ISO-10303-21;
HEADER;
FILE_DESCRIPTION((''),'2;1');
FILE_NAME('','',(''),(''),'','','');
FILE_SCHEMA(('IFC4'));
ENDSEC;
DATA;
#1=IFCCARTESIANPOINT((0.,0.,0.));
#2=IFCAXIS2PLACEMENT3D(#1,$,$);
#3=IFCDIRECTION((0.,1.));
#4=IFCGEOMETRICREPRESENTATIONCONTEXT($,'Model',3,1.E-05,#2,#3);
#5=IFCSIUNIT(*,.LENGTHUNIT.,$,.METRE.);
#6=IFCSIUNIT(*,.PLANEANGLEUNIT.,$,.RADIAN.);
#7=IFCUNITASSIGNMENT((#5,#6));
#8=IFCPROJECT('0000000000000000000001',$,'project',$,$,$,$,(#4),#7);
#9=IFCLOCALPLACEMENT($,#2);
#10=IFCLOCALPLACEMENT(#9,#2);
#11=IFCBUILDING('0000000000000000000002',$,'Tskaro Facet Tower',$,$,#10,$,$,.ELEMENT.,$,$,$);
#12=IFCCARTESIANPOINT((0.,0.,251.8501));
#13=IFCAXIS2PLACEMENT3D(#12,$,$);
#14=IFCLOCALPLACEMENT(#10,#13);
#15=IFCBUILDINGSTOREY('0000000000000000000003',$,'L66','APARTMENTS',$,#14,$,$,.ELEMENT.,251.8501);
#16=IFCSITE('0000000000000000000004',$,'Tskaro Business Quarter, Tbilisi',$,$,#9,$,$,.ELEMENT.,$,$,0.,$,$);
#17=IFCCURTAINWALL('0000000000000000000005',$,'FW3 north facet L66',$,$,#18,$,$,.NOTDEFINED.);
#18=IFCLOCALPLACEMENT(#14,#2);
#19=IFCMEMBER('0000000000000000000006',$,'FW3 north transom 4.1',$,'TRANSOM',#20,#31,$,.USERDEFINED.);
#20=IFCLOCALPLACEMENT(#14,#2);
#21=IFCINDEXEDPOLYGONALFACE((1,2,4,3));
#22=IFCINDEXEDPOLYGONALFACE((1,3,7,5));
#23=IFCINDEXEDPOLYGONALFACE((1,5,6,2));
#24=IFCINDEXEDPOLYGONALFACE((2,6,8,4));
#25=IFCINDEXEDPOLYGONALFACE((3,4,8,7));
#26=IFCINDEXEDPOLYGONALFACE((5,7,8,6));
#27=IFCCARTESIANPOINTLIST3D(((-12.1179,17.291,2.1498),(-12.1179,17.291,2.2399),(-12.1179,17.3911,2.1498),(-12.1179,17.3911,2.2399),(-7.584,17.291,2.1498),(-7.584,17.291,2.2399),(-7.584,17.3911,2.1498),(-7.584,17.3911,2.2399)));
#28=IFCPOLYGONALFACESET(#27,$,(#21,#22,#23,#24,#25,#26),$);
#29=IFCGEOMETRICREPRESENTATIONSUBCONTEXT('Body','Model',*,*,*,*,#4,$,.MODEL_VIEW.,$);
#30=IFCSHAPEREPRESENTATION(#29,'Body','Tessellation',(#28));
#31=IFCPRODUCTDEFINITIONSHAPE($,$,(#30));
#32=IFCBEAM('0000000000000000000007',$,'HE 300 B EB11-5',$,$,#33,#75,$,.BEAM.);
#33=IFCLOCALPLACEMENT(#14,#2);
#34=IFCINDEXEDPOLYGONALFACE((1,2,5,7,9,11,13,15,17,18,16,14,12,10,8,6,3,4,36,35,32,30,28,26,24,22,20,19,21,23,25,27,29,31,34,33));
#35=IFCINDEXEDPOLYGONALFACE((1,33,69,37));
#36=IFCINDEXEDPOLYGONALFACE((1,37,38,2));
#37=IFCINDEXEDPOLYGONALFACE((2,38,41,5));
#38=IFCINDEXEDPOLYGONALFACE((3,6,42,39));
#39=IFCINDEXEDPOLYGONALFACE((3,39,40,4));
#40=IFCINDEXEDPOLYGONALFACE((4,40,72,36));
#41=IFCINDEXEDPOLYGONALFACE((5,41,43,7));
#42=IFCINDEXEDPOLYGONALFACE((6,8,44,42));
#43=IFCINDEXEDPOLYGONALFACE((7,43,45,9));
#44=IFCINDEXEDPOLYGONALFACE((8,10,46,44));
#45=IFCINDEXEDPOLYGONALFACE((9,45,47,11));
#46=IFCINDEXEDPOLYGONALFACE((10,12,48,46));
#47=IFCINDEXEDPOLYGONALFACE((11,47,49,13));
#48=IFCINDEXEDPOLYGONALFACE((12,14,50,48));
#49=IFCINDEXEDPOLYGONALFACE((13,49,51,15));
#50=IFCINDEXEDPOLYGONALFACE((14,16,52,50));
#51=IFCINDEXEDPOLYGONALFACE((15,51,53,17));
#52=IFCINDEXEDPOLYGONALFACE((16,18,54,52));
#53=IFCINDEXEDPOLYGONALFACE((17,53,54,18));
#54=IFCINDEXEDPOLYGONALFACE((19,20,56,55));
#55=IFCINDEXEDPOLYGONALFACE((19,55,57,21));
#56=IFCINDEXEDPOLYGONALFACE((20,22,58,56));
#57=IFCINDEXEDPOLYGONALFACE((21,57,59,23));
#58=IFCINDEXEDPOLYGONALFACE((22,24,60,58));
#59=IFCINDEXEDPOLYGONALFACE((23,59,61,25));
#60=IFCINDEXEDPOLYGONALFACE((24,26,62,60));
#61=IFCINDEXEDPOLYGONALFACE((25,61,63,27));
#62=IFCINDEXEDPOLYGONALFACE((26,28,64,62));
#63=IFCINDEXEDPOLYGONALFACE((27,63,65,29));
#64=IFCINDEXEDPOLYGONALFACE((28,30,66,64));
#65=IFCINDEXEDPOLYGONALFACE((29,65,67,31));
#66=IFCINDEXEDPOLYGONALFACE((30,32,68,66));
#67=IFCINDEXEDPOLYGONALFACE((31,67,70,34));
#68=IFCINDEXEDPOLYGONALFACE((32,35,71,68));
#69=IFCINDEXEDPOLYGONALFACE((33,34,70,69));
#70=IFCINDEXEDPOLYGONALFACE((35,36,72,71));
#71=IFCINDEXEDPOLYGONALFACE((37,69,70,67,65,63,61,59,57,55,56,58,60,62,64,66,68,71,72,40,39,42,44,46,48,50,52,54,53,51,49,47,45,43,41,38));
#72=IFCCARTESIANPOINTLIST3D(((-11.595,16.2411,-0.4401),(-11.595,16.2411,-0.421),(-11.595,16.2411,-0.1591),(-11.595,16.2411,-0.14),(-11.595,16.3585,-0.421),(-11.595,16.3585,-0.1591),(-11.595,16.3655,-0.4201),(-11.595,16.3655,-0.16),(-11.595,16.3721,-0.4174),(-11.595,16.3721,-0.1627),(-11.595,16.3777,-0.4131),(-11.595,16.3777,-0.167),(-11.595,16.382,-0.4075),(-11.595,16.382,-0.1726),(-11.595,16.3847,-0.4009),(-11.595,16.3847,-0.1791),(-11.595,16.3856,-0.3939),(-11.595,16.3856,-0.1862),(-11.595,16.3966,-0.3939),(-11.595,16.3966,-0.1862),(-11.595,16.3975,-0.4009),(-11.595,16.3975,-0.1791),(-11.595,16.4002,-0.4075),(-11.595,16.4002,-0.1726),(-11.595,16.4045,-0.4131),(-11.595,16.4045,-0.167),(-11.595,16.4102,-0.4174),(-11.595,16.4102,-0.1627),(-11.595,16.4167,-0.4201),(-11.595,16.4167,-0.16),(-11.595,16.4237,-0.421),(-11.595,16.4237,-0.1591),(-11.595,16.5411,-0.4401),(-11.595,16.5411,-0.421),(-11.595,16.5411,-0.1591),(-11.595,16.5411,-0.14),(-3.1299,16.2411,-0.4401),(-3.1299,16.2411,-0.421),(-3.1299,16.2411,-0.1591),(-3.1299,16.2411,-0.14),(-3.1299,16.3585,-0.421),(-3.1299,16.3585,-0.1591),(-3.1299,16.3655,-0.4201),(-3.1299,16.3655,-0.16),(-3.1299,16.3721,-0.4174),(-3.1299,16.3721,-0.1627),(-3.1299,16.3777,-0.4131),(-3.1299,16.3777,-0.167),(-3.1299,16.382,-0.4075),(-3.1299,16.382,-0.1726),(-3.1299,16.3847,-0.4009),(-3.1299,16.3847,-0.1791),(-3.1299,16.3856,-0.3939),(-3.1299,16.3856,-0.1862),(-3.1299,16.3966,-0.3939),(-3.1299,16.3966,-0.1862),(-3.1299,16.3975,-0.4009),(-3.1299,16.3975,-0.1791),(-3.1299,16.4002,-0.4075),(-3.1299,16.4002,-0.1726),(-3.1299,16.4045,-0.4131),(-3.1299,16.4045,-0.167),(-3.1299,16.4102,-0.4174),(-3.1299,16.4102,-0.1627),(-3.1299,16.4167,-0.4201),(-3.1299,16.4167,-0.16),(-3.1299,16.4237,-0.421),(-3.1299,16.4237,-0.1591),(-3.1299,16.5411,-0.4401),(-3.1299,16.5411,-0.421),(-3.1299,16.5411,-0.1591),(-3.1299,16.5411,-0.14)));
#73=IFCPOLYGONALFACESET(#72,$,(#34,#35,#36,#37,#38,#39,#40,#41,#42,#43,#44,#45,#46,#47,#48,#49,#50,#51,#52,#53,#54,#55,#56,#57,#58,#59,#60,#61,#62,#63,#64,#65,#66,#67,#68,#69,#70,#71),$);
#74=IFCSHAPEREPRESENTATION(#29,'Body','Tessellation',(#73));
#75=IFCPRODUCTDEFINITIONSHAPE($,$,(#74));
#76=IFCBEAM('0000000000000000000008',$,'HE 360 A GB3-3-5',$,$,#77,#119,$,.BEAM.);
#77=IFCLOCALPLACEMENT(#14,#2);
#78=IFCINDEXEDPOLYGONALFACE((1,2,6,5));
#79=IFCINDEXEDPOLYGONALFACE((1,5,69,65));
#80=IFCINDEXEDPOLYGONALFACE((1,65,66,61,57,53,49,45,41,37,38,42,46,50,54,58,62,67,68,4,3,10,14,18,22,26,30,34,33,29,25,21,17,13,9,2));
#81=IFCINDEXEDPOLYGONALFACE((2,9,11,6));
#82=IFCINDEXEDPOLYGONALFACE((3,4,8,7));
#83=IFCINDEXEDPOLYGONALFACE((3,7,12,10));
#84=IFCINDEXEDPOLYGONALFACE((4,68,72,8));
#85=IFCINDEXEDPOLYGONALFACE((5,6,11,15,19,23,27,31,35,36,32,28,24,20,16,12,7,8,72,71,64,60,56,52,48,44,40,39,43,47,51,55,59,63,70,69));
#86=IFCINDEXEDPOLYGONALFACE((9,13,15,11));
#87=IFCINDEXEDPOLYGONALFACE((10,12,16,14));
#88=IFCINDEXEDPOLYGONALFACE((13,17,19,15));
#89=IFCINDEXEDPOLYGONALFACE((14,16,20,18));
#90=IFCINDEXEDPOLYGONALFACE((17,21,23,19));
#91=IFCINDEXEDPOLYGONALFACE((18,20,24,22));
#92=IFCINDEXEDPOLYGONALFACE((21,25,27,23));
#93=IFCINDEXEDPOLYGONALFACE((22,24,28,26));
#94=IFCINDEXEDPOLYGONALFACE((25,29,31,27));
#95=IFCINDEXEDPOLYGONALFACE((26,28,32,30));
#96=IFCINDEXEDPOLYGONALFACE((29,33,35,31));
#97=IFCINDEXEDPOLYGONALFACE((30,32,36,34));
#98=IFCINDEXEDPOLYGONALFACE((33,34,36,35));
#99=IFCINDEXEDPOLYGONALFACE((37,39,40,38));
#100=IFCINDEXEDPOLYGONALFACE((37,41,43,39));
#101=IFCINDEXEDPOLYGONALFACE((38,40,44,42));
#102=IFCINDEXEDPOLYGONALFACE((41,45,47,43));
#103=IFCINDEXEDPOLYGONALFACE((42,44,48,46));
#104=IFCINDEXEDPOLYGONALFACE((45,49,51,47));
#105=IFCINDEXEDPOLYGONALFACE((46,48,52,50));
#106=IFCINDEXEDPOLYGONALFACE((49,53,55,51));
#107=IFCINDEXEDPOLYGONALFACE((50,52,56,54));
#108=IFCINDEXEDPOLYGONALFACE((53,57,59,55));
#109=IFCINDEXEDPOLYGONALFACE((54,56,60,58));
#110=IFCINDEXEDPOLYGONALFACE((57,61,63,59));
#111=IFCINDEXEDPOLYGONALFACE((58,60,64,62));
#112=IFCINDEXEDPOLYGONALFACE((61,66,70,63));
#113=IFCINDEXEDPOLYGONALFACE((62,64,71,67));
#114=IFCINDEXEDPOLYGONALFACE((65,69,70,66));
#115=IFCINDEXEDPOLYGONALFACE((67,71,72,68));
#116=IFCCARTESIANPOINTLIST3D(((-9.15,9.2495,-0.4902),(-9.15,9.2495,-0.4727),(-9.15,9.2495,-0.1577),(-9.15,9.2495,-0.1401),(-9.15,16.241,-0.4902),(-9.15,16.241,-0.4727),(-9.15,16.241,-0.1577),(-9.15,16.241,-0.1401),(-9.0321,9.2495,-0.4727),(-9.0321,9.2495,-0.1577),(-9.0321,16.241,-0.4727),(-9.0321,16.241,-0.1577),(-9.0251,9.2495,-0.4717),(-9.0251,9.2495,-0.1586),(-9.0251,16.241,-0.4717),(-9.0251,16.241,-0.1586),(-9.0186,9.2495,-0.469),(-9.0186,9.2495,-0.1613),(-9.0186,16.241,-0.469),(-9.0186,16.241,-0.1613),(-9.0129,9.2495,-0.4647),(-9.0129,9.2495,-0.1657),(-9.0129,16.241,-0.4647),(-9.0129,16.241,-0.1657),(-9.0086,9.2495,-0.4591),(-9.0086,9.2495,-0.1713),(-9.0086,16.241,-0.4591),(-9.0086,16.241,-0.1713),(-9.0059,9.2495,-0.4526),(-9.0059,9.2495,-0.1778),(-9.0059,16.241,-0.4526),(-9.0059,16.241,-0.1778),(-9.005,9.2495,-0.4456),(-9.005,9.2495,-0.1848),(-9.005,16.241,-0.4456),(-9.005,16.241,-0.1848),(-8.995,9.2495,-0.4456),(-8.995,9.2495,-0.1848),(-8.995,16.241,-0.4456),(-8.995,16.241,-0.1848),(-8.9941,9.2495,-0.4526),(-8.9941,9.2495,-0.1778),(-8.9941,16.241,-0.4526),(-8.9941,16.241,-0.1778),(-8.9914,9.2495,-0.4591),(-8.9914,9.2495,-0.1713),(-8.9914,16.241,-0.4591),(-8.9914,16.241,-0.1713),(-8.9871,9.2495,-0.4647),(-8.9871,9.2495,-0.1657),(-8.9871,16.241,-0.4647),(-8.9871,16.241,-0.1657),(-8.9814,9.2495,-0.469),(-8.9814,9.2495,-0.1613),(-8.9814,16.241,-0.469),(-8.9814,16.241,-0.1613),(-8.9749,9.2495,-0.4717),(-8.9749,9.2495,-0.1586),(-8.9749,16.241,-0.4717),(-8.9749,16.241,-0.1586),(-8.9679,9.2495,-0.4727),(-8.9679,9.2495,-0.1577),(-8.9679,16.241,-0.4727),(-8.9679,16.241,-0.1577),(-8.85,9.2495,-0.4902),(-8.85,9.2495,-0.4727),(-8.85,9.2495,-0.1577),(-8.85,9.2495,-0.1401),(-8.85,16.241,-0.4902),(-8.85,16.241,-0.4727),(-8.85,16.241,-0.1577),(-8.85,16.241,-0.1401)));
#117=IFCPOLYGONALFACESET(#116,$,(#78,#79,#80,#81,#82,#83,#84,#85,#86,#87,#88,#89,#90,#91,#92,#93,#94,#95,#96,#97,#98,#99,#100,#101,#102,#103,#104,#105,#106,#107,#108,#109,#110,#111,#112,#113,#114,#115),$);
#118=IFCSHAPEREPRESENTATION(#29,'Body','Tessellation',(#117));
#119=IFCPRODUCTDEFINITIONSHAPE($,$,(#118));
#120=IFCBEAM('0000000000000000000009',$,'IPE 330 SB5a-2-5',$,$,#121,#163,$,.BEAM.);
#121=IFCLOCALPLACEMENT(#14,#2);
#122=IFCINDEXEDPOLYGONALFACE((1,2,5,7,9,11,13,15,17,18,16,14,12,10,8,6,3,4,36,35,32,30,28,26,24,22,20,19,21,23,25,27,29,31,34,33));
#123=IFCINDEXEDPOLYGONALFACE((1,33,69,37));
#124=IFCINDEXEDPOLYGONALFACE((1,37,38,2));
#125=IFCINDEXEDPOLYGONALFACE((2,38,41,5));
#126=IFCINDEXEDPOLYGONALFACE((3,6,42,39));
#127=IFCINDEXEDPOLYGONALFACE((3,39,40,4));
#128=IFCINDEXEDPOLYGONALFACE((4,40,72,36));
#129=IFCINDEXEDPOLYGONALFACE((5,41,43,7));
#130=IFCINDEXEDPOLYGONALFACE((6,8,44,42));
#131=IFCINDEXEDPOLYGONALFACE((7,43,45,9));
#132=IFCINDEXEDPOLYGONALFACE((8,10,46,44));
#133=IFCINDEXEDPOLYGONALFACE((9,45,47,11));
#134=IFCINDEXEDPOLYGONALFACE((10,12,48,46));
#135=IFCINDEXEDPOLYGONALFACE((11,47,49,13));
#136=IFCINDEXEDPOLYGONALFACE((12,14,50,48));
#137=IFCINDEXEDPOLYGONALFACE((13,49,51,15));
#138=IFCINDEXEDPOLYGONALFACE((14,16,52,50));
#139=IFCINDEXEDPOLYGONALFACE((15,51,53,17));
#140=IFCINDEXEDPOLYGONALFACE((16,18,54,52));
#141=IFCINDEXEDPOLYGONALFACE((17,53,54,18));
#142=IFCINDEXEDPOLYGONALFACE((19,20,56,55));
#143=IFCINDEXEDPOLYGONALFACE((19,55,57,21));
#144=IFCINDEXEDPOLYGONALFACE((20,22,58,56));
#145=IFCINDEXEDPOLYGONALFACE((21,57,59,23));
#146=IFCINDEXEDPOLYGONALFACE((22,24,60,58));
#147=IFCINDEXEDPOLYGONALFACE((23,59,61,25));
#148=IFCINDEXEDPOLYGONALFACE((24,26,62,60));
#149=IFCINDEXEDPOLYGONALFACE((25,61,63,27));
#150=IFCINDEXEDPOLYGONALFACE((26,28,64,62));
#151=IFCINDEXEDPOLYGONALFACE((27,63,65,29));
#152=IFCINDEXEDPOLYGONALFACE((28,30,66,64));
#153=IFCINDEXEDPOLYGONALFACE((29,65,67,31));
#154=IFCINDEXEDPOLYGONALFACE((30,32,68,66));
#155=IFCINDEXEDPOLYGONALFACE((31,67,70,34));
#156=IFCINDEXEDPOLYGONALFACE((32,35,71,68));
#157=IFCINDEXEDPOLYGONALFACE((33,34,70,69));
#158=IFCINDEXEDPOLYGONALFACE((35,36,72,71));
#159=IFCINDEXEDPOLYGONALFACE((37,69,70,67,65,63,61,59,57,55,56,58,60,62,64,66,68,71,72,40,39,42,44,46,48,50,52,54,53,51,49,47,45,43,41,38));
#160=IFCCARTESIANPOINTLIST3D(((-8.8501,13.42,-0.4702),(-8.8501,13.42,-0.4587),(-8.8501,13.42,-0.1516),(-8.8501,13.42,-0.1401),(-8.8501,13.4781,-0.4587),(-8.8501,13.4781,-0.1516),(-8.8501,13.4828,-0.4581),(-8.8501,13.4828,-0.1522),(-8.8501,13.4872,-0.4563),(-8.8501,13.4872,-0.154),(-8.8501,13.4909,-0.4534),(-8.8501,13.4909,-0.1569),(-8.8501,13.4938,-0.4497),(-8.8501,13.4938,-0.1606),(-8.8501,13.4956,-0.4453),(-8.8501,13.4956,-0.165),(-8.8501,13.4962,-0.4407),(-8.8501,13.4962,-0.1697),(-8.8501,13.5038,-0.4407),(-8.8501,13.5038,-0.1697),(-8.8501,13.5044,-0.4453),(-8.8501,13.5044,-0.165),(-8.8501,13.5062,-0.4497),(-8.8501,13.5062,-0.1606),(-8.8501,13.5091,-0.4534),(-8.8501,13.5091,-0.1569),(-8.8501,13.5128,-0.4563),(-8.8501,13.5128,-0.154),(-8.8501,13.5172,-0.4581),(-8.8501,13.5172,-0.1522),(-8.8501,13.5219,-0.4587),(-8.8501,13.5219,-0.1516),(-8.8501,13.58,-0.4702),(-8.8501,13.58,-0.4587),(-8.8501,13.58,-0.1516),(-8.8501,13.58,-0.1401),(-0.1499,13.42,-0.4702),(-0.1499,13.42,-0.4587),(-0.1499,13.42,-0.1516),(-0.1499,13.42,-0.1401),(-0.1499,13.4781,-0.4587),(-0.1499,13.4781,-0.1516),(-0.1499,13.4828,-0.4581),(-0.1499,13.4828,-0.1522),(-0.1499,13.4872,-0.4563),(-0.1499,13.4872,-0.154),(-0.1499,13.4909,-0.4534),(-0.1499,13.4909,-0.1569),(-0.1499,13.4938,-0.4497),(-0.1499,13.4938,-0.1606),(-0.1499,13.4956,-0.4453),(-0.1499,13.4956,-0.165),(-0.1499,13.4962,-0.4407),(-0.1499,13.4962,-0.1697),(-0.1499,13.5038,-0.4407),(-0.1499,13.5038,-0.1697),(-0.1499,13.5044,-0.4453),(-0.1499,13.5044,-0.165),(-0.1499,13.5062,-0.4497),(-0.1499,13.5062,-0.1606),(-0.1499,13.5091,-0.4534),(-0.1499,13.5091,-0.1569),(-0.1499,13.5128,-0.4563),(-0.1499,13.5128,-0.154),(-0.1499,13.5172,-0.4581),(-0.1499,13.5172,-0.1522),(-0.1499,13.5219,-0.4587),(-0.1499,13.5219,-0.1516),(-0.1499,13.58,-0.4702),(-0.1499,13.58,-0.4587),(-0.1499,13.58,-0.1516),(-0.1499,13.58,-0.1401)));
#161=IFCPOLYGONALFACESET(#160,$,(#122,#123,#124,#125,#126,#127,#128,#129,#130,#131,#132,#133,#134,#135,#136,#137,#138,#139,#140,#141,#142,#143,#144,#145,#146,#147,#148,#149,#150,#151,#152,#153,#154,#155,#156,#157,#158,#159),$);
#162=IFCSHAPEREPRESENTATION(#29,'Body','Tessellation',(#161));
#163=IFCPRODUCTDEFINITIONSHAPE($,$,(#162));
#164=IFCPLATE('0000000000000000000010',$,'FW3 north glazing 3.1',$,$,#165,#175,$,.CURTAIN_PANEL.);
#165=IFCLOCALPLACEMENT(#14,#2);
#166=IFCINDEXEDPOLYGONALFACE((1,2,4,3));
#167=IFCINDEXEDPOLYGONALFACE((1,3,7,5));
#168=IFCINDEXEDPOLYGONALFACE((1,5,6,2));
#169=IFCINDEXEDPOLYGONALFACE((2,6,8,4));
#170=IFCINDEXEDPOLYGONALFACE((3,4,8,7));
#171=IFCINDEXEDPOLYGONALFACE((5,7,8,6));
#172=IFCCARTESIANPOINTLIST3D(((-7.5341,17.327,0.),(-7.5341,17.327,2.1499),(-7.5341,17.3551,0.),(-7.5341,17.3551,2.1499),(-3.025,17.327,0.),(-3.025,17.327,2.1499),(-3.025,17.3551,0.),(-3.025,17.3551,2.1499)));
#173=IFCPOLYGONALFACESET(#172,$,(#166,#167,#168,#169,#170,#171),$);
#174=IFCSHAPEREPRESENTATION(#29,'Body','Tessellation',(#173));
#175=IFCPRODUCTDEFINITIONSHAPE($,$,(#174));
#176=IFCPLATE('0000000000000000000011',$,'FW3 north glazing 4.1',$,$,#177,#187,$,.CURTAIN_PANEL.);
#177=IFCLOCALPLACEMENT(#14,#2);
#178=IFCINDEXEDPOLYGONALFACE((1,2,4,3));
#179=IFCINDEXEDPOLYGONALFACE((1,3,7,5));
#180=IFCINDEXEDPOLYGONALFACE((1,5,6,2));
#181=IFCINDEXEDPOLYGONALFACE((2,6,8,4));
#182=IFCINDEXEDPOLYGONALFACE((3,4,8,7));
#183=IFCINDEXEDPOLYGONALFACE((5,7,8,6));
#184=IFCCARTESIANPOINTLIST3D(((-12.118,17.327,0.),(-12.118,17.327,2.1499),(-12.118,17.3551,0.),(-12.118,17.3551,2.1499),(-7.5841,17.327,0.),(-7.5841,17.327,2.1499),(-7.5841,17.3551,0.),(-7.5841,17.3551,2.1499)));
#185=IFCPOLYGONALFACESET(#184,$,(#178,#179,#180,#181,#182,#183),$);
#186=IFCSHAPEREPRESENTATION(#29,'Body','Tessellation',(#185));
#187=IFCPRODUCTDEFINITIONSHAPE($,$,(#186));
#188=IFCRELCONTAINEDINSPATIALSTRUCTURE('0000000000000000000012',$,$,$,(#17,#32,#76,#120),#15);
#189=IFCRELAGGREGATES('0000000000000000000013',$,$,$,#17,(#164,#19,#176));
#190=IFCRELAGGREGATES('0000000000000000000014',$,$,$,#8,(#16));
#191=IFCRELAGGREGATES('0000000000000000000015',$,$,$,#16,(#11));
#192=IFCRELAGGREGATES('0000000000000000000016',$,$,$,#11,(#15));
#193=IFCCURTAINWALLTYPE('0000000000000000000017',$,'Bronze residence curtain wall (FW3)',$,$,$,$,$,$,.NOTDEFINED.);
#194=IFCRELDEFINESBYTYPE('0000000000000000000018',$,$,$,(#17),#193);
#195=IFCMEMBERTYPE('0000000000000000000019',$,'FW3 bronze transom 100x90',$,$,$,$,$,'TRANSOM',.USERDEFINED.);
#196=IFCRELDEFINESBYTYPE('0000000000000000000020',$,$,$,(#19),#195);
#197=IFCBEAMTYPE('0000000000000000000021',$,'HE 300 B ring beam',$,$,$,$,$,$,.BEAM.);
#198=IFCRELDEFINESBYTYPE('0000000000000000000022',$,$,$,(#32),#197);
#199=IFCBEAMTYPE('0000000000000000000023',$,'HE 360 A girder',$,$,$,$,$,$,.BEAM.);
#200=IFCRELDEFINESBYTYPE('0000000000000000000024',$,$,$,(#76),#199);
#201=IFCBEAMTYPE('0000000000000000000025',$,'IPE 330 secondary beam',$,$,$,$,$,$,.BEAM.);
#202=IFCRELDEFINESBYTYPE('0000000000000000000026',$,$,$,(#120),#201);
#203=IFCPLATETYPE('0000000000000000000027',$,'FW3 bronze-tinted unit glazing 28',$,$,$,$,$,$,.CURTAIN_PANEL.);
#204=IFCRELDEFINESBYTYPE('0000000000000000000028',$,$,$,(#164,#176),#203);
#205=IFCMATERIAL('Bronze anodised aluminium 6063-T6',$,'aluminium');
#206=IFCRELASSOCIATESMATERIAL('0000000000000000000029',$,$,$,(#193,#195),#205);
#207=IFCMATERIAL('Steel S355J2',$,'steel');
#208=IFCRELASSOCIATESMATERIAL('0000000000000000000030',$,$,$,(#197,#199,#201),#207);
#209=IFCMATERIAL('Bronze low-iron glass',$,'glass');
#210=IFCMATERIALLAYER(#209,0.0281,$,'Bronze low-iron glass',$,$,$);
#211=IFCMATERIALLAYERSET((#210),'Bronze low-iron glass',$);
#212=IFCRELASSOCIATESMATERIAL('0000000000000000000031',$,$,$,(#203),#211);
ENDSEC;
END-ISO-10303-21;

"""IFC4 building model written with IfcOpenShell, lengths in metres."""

from ifc_helpers import new_model, si_unit, direction, frame, origin, origin_2d, place, context, subcontext, project, spatial, rectangle, i_section, extrude, material, layer, layer_set, material_profile, profile_set, type_object, element, aggregate, save


model = new_model("IFC4")

# Units and contexts
model_context = context("Model", 3, precision=1e-05, world=origin(), true_north=direction((0.0, 1.0)))
body_context = subcontext(model_context, "Body", "Model", "MODEL_VIEW")
ifc_project = project(units=[si_unit("LENGTHUNIT", "METRE"), si_unit("PLANEANGLEUNIT", "RADIAN")], contexts=[model_context])

# Site, building, storey
site_placement = place(None, origin())
site = spatial("IfcSite", under=ifc_project, at=site_placement, Name="Tskaro Business Quarter, Tbilisi", CompositionType="ELEMENT", RefElevation=0.0)
building_placement = place(site_placement, origin())
building = spatial("IfcBuilding", under=site, at=building_placement, Name="Tskaro Facet Tower", CompositionType="ELEMENT")
storey_placement = place(building_placement, frame((0.0, 0.0, 251.8501)))
storey = spatial("IfcBuildingStorey", under=building, at=storey_placement, Name="L66", Description="APARTMENTS", CompositionType="ELEMENT", Elevation=251.8501)

# Shared definitions
ifc_material_1 = material(Name="Steel S355J2", Category="steel")

# Curtain wall, member
ifc_material_2 = material(Name="Bronze anodised aluminium 6063-T6", Category="aluminium")
curtain_wall_type = type_object("IfcCurtainWallType", Name="Bronze residence curtain wall (FW3)", PredefinedType="NOTDEFINED", material=ifc_material_2)
curtain_wall_placement = place(storey_placement, origin())
curtain_wall = element("IfcCurtainWall", 1, at=curtain_wall_placement, inside=storey, type_object=curtain_wall_type, Name="FW3 north facet L66", PredefinedType="NOTDEFINED")
ifc_material_profile_1 = material_profile(ifc_material_2, rectangle(XDim=0.1001, YDim=0.0901, at=origin_2d()), Name="Transom 100x90")
ifc_profile_set_1 = profile_set([ifc_material_profile_1], Name="Bronze anodised aluminium 6063-T6")
member_type_1 = type_object("IfcMemberType", Name="FW3 bronze transom 100x90", ElementType="TRANSOM", PredefinedType="USERDEFINED", material=ifc_profile_set_1)
member_1_placement = place(storey_placement, frame((-7.584, 17.3411, 2.1948), z_axis=(-1.0, 0.0, 0.0), x_axis=(0.0, -1.0, 0.0)))
member_1 = element("IfcMember", 2, at=member_1_placement, type_object=member_type_1, Name="FW3 north transom 4.1", ObjectType="TRANSOM", PredefinedType="USERDEFINED", context=body_context, shape_type="SweptSolid", body=[
    extrude(rectangle(XDim=0.1001, YDim=0.0901, at=origin_2d()), origin(), (0.0, 0.0, 1.0), 4.5339),
])

# Beams
ifc_material_profile_2 = material_profile(ifc_material_1, i_section(OverallWidth=0.3, OverallDepth=0.3, WebThickness=0.011, FlangeThickness=0.019, FilletRadius=0.0271, at=origin_2d()), Name="HE 300 B")
ifc_profile_set_2 = profile_set([ifc_material_profile_2], Name="Steel S355J2")
beam_type_1 = type_object("IfcBeamType", Name="HE 300 B ring beam", PredefinedType="BEAM", material=ifc_profile_set_2)
beam_1_placement = place(storey_placement, frame((-3.1299, 16.3911, -0.29), z_axis=(-1.0, 0.0, 0.0), x_axis=(0.0, -1.0, 0.0)))
element("IfcBeam", 3, at=beam_1_placement, inside=storey, type_object=beam_type_1, Name="HE 300 B EB11-5", PredefinedType="BEAM", context=body_context, shape_type="SweptSolid", body=[
    extrude(i_section(OverallWidth=0.3, OverallDepth=0.3, WebThickness=0.011, FlangeThickness=0.019, FilletRadius=0.0271, at=origin_2d()), origin(), (0.0, 0.0, 1.0), 8.4651),
])
ifc_material_profile_3 = material_profile(ifc_material_1, i_section(OverallWidth=0.3, OverallDepth=0.3501, WebThickness=0.01, FlangeThickness=0.0176, FilletRadius=0.0271, at=origin_2d()), Name="HE 360 A")
ifc_profile_set_3 = profile_set([ifc_material_profile_3], Name="Steel S355J2")
beam_type_2 = type_object("IfcBeamType", Name="HE 360 A girder", PredefinedType="BEAM", material=ifc_profile_set_3)
beam_2_placement = place(storey_placement, frame((-9.0, 9.2495, -0.3152), z_axis=(0.0, 1.0, 0.0), x_axis=(-1.0, 0.0, 0.0)))
element("IfcBeam", 4, at=beam_2_placement, inside=storey, type_object=beam_type_2, Name="HE 360 A GB3-3-5", PredefinedType="BEAM", context=body_context, shape_type="SweptSolid", body=[
    extrude(i_section(OverallWidth=0.3, OverallDepth=0.3501, WebThickness=0.01, FlangeThickness=0.0176, FilletRadius=0.0271, at=origin_2d()), origin(), (0.0, 0.0, 1.0), 6.9915),
])
ifc_material_profile_4 = material_profile(ifc_material_1, i_section(OverallWidth=0.1599, OverallDepth=0.3301, WebThickness=0.0076, FlangeThickness=0.0115, FilletRadius=0.0181, at=origin_2d()), Name="IPE 330")
ifc_profile_set_4 = profile_set([ifc_material_profile_4], Name="Steel S355J2")
beam_type_3 = type_object("IfcBeamType", Name="IPE 330 secondary beam", PredefinedType="BEAM", material=ifc_profile_set_4)
beam_3_placement = place(storey_placement, frame((-8.8501, 13.5, -0.3052), z_axis=(1.0, 0.0, 0.0), x_axis=(0.0, 1.0, 0.0)))
element("IfcBeam", 5, at=beam_3_placement, inside=storey, type_object=beam_type_3, Name="IPE 330 SB5a-2-5", PredefinedType="BEAM", context=body_context, shape_type="SweptSolid", body=[
    extrude(i_section(OverallWidth=0.1599, OverallDepth=0.3301, WebThickness=0.0076, FlangeThickness=0.0115, FilletRadius=0.0181, at=origin_2d()), origin(), (0.0, 0.0, 1.0), 8.7002),
])

# Plates
ifc_material_3 = material(Name="Bronze low-iron glass", Category="glass")
ifc_layer_1 = layer(ifc_material_3, 0.0281, Name="Bronze low-iron glass")
ifc_layer_set_1 = layer_set([ifc_layer_1], Name="Bronze low-iron glass")
plate_type = type_object("IfcPlateType", Name="FW3 bronze-tinted unit glazing 28", PredefinedType="CURTAIN_PANEL", material=ifc_layer_set_1)
plate_1_placement = place(storey_placement, frame((-5.2795, 17.3411, 0.0), z_axis=(0.0, 0.0, 1.0), x_axis=(-1.0, 0.0, 0.0)))
plate_1 = element("IfcPlate", 6, at=plate_1_placement, type_object=plate_type, Name="FW3 north glazing 3.1", PredefinedType="CURTAIN_PANEL", context=body_context, shape_type="SweptSolid", body=[
    extrude(rectangle(XDim=4.509, YDim=0.0281, at=origin_2d()), origin(), (0.0, 0.0, 1.0), 2.1499),
])
plate_2_placement = place(storey_placement, frame((-9.8511, 17.3411, 0.0), z_axis=(0.0, 0.0, 1.0), x_axis=(-1.0, 0.0, 0.0)))
plate_2 = element("IfcPlate", 7, at=plate_2_placement, type_object=plate_type, Name="FW3 north glazing 4.1", PredefinedType="CURTAIN_PANEL", context=body_context, shape_type="SweptSolid", body=[
    extrude(rectangle(XDim=4.5339, YDim=0.0281, at=origin_2d()), origin(), (0.0, 0.0, 1.0), 2.1499),
])
aggregate(curtain_wall, [plate_1, member_1, plate_2])

save(model, "model.ifc")
